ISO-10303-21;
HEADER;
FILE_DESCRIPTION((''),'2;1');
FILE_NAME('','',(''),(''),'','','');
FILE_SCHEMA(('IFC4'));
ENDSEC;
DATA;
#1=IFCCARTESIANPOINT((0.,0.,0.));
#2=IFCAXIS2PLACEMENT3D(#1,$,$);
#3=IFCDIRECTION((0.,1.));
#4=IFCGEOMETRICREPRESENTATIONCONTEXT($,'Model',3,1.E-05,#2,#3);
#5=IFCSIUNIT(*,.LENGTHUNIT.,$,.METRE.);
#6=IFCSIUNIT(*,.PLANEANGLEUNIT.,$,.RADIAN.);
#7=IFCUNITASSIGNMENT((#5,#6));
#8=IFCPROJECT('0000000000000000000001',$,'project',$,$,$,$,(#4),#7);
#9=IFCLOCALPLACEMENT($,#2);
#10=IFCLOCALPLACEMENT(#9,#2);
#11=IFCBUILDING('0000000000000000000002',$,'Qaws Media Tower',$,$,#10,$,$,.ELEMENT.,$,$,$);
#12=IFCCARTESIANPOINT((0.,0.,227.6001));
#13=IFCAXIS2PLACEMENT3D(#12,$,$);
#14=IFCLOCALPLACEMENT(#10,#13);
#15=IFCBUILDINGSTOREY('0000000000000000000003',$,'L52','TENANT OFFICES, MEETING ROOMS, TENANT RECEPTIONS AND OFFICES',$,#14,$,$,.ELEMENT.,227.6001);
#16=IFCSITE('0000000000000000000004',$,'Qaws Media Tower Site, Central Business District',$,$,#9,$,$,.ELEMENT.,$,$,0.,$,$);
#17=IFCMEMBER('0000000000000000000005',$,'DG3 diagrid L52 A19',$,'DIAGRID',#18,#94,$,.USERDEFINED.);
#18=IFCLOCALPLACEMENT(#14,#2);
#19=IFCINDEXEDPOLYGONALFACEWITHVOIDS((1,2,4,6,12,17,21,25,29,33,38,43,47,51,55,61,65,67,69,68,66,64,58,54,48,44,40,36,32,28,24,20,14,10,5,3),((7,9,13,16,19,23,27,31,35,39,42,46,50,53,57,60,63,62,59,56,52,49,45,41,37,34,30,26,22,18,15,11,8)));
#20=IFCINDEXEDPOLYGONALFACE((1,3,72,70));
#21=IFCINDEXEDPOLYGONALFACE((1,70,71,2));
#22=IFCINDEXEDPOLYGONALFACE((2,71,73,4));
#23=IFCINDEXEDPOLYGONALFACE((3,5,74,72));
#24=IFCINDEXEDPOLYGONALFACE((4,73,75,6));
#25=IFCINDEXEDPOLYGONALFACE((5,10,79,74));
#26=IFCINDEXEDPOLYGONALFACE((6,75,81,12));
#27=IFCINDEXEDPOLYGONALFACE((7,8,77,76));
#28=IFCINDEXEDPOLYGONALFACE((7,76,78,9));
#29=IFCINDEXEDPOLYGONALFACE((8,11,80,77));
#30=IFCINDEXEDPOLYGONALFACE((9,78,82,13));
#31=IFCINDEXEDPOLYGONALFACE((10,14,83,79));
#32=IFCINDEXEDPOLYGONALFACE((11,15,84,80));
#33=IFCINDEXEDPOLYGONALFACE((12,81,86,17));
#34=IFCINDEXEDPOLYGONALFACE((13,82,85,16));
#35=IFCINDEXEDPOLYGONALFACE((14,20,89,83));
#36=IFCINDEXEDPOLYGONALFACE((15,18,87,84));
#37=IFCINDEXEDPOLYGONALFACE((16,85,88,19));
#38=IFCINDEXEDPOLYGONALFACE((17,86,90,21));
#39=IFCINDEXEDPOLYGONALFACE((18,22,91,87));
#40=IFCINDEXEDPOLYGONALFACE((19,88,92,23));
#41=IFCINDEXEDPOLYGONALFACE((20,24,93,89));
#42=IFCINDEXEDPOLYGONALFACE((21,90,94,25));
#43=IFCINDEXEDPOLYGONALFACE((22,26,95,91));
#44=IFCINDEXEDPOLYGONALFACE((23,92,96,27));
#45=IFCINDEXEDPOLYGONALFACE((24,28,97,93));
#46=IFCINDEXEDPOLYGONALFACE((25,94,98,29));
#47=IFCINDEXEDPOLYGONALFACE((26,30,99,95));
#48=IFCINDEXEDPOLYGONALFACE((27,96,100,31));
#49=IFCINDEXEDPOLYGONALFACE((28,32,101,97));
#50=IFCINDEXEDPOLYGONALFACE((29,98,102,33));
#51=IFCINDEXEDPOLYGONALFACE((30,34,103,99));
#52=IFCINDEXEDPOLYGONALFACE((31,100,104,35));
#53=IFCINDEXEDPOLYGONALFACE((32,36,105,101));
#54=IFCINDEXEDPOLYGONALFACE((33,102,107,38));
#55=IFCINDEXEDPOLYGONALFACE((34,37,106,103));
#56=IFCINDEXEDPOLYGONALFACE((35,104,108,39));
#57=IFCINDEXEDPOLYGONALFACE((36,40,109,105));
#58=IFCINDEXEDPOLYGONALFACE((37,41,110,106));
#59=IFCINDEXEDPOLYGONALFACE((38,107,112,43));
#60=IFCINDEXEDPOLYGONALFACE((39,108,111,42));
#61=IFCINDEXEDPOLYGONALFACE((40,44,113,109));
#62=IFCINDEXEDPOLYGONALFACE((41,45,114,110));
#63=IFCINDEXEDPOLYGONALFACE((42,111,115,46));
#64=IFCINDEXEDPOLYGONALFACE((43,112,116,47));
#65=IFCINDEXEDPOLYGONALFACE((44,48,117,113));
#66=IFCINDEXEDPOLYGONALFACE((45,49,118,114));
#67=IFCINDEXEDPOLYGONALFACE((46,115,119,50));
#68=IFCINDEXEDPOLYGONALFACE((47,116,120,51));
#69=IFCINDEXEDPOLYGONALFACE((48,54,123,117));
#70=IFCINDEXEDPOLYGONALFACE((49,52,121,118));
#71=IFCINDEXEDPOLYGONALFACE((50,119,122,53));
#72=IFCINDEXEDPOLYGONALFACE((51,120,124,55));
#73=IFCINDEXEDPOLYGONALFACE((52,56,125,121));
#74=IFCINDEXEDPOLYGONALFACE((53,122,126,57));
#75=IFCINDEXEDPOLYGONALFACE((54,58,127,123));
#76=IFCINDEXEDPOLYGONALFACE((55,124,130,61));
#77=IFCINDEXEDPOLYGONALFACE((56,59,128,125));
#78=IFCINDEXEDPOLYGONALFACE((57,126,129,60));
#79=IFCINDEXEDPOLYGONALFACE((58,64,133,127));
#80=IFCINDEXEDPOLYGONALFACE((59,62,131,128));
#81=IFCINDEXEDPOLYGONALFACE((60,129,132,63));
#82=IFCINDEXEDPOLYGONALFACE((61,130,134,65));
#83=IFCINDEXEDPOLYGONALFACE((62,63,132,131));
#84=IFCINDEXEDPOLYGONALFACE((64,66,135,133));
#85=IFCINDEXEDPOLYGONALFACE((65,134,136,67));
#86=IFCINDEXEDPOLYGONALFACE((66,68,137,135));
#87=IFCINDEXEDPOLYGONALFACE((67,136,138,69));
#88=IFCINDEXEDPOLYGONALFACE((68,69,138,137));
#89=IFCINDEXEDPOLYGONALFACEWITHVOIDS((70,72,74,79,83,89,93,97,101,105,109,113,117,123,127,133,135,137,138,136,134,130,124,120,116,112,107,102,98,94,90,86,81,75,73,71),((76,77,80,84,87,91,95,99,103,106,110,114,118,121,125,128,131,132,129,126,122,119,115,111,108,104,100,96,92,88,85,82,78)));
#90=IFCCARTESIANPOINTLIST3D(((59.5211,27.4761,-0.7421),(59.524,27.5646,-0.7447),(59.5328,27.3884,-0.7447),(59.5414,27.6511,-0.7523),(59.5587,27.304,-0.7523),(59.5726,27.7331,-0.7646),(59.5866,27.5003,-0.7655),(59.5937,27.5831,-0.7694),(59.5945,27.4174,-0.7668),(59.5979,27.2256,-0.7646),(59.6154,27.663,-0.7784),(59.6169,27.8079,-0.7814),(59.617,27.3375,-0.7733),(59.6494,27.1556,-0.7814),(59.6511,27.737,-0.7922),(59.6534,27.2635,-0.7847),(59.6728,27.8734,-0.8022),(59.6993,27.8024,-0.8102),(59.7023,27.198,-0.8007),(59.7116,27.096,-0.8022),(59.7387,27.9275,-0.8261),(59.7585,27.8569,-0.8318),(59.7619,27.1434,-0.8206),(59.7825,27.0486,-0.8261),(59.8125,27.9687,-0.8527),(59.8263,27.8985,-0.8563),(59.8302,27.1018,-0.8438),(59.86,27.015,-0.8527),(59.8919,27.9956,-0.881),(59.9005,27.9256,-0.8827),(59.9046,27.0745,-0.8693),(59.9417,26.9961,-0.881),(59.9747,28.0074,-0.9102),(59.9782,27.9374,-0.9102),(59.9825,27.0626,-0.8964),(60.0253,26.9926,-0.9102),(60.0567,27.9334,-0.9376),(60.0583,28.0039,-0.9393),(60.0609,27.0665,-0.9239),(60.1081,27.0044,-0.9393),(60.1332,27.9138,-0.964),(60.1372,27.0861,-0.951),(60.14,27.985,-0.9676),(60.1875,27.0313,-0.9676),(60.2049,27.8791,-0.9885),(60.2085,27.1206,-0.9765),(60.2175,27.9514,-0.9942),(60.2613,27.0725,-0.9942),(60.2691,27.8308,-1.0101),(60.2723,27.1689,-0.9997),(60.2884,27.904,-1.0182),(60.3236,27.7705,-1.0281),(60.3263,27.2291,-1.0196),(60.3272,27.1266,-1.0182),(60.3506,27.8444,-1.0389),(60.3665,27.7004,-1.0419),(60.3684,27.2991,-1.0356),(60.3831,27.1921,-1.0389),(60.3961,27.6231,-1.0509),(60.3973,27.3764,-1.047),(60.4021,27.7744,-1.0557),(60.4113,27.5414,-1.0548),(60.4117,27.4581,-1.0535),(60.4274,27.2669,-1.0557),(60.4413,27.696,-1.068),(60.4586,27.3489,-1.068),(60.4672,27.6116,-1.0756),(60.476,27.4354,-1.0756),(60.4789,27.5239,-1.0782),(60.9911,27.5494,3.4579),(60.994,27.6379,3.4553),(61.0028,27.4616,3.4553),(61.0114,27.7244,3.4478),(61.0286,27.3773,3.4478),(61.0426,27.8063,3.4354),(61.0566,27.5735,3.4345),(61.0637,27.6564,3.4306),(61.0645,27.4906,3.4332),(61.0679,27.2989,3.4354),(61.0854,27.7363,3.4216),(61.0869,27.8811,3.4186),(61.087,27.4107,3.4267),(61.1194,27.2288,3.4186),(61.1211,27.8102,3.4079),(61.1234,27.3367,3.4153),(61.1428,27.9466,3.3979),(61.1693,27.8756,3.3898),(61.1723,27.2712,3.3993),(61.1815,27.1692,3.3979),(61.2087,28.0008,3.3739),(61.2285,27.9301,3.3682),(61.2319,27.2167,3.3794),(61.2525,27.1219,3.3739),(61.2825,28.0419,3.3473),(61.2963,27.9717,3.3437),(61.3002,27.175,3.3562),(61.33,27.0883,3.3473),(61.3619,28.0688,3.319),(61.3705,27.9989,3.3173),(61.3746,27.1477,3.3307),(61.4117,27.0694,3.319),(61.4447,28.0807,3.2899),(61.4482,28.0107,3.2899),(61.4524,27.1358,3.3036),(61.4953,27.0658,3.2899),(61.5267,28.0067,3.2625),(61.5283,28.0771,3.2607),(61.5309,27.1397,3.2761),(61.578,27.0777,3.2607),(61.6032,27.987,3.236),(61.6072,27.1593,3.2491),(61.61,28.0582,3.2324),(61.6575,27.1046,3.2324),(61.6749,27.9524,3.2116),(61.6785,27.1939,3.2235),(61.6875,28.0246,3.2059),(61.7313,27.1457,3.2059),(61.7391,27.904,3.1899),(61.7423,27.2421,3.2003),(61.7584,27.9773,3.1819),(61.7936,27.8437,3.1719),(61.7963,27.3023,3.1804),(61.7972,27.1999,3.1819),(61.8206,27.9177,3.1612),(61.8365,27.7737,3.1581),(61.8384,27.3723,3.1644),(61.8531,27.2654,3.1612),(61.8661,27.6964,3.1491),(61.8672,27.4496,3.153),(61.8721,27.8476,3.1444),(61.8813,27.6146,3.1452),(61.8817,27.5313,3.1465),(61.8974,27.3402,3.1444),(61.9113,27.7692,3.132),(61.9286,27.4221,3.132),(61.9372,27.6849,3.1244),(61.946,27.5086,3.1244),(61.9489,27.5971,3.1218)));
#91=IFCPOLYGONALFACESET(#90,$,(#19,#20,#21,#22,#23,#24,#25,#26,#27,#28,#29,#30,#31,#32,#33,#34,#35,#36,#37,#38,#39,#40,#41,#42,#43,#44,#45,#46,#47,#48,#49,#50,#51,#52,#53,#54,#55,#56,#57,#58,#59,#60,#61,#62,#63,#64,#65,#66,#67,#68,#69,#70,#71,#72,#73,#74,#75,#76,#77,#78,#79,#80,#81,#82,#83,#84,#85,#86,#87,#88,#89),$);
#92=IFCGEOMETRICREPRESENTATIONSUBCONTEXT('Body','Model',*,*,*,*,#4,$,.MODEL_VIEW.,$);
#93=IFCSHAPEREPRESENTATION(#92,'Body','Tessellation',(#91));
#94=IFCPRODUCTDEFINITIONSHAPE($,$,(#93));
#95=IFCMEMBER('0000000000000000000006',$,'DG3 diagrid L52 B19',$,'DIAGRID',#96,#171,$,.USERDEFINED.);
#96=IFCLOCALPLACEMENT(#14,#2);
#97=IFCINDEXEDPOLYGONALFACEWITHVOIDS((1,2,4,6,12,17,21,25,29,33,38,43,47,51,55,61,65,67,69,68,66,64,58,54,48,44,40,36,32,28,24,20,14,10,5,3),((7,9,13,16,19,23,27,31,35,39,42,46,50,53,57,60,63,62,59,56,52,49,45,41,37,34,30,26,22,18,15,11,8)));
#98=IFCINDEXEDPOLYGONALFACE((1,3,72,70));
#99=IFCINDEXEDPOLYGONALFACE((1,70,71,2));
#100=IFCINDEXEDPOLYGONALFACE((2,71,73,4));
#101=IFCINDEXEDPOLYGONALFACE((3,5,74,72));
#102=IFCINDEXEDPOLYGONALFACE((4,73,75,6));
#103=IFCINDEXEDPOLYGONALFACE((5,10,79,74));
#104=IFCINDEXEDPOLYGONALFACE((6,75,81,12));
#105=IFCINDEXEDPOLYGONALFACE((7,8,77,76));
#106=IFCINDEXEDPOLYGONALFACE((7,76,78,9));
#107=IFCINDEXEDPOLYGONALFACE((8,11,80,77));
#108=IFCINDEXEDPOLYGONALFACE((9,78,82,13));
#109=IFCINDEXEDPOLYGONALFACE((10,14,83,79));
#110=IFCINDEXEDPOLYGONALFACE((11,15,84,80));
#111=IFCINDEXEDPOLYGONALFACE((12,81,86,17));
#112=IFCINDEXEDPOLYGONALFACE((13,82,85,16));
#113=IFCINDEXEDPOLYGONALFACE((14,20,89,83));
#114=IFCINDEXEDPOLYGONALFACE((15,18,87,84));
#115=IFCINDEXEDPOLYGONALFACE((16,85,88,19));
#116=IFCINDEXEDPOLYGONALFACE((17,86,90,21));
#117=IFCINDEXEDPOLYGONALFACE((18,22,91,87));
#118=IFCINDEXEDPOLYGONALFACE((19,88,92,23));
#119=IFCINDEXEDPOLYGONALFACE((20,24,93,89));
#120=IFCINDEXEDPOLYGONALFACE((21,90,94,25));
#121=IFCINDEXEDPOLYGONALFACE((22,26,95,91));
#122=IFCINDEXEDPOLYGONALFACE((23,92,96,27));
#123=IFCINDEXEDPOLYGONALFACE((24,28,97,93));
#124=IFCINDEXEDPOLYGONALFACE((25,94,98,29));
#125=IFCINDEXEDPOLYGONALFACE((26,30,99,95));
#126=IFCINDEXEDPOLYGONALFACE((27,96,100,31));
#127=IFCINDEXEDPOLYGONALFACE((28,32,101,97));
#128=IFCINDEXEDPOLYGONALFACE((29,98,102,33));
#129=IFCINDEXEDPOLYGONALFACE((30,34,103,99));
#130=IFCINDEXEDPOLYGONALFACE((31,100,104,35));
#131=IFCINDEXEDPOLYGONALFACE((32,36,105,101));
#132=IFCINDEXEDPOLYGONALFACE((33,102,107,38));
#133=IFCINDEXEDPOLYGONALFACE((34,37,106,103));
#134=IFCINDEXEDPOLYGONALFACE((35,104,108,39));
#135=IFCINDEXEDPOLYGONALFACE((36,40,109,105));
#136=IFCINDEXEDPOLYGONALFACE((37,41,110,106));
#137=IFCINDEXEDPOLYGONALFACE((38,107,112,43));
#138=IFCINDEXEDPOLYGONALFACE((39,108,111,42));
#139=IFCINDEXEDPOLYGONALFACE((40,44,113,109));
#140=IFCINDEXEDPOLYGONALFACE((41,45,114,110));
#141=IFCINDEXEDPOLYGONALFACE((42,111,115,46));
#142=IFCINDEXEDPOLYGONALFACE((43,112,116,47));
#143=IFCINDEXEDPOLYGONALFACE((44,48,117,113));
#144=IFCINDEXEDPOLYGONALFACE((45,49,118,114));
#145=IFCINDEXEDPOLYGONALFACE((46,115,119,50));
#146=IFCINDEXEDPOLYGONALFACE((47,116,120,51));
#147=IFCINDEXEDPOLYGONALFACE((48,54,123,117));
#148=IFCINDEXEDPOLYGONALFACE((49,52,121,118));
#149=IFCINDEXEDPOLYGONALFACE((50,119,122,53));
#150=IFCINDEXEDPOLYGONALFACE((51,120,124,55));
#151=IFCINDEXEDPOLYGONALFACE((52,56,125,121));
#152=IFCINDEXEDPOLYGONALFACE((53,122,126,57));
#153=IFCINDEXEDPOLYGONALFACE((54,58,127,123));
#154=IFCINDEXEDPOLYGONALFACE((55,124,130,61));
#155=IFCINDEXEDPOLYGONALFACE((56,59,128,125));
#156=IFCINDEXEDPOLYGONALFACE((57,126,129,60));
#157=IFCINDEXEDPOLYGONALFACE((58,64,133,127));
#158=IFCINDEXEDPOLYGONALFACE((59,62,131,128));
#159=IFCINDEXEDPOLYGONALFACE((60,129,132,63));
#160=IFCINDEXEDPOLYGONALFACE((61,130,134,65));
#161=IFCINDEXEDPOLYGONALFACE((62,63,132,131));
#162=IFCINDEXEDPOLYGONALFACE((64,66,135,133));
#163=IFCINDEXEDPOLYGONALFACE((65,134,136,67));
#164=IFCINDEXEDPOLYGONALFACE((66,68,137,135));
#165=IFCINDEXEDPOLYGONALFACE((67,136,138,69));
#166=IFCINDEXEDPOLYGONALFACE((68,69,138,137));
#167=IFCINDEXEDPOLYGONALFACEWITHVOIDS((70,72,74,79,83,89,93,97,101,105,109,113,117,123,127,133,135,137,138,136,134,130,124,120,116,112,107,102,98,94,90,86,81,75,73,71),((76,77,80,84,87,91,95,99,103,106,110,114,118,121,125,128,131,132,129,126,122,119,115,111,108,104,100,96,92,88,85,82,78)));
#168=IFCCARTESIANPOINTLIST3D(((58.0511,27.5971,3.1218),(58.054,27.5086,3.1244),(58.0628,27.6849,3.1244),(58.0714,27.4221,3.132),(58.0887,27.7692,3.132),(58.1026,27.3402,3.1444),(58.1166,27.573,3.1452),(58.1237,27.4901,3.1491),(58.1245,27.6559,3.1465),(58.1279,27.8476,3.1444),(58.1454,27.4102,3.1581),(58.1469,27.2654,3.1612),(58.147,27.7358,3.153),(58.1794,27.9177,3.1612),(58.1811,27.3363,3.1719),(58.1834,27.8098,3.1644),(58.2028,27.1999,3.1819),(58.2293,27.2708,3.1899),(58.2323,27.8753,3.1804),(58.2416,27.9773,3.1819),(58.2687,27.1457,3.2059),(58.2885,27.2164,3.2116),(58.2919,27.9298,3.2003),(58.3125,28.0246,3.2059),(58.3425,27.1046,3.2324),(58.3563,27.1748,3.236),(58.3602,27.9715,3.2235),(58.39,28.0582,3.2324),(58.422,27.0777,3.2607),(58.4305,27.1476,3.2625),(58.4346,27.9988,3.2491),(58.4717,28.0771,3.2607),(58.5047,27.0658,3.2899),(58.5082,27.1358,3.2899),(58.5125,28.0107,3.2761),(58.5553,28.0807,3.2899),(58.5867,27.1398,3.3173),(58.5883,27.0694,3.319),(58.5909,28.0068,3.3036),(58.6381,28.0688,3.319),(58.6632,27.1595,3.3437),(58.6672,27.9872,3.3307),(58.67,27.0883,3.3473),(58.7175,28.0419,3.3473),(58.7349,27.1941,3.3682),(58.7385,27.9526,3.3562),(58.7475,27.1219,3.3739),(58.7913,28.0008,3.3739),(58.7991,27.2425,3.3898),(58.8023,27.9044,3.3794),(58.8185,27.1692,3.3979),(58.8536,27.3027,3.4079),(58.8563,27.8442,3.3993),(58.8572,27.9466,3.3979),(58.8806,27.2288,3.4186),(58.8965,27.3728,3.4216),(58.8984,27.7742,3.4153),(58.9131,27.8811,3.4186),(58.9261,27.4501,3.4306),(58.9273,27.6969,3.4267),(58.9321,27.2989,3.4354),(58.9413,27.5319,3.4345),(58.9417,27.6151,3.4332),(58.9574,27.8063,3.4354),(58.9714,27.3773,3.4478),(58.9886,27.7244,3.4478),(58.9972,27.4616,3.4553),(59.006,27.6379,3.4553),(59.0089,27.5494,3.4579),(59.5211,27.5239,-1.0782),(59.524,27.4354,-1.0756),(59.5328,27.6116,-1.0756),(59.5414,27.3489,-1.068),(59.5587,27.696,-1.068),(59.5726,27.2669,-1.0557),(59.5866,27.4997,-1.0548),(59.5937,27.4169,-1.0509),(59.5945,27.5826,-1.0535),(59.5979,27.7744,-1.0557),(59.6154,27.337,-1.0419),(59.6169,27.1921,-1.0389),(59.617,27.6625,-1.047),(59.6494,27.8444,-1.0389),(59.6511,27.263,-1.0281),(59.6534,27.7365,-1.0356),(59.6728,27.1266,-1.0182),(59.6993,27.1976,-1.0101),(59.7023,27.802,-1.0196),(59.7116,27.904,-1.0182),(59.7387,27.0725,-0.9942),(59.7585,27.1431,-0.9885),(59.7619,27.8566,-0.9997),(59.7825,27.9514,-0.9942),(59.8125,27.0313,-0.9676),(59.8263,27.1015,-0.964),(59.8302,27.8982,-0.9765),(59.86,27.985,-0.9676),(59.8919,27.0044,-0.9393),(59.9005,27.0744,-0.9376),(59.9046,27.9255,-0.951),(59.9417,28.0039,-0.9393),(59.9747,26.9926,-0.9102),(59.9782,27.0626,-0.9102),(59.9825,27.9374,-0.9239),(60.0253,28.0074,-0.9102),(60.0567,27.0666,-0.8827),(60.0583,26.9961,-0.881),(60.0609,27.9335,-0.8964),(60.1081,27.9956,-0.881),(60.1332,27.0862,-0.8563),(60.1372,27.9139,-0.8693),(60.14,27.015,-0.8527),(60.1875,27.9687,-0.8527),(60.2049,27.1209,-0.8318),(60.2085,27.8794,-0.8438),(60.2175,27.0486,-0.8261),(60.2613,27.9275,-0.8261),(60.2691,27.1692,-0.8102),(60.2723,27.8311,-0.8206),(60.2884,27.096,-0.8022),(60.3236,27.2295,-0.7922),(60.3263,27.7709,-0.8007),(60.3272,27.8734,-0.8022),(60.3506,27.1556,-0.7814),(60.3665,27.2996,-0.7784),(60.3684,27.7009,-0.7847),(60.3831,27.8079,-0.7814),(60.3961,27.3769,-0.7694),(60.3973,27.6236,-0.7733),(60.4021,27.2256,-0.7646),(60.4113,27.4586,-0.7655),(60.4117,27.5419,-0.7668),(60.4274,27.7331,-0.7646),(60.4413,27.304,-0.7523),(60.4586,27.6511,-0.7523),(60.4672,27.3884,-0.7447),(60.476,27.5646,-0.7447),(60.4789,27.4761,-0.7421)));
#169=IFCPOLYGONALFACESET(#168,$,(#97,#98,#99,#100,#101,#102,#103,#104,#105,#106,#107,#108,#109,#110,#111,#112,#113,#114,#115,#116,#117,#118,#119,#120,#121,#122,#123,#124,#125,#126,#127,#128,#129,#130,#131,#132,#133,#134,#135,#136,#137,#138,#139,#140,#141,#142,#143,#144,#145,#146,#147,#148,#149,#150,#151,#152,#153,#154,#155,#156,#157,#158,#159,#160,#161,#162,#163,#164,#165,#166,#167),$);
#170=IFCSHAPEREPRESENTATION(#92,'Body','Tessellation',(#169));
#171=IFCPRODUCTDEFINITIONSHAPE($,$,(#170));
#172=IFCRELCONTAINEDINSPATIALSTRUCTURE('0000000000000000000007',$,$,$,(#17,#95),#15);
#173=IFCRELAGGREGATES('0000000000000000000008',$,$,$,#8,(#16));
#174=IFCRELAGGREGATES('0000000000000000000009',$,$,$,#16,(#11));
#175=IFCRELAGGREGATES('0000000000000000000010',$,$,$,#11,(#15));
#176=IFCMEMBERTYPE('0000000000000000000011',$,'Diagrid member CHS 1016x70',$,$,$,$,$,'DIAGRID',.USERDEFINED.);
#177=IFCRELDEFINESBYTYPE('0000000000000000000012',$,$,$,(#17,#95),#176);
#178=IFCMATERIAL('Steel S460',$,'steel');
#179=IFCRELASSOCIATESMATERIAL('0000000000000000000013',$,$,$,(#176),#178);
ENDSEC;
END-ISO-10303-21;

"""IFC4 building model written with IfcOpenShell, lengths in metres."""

from ifc_helpers import new_model, si_unit, direction, frame, origin, origin_2d, place, context, subcontext, project, spatial, hollow_circle, extrude, material, material_profile, profile_set, type_object, element, save


model = new_model("IFC4")

# Units and contexts
model_context = context("Model", 3, precision=1e-05, world=origin(), true_north=direction((0.0, 1.0)))
body_context = subcontext(model_context, "Body", "Model", "MODEL_VIEW")
ifc_project = project(units=[si_unit("LENGTHUNIT", "METRE"), si_unit("PLANEANGLEUNIT", "RADIAN")], contexts=[model_context])

# Site, building, storey
site_placement = place(None, origin())
site = spatial("IfcSite", under=ifc_project, at=site_placement, Name="Qaws Media Tower Site, Central Business District", CompositionType="ELEMENT", RefElevation=0.0)
building_placement = place(site_placement, origin())
building = spatial("IfcBuilding", under=site, at=building_placement, Name="Qaws Media Tower", CompositionType="ELEMENT")
storey_placement = place(building_placement, frame((0.0, 0.0, 227.6001)))
storey = spatial("IfcBuildingStorey", under=building, at=storey_placement, Name="L52", Description="TENANT OFFICES, MEETING ROOMS, TENANT RECEPTIONS AND OFFICES", CompositionType="ELEMENT", Elevation=227.6001)

# Members
ifc_material_1 = material(Name="Steel S460", Category="steel")
ifc_material_profile_1 = material_profile(ifc_material_1, hollow_circle(Radius=0.5081, WallThickness=0.0701, at=origin_2d()), Name="CHS 1016x70")
ifc_profile_set_1 = profile_set([ifc_material_profile_1], Name="Steel S460")
member_type_1 = type_object("IfcMemberType", Name="Diagrid member CHS 1016x70", ElementType="DIAGRID", PredefinedType="USERDEFINED", material=ifc_profile_set_1)
for number, where, z_axis, x_axis, name in (
    (1, (60.0, 27.5, -0.9102), (0.330303, 0.016458, 0.943731), (-0.049764, 0.998761, 0.0), "DG3 diagrid L52 A19"),
    (2, (60.0, 27.5, -0.9102), (-0.330303, 0.016458, 0.943731), (-0.049764, -0.998761, 0.0), "DG3 diagrid L52 B19"),
):
    element("IfcMember", number, at=place(storey_placement, frame(where, z_axis=z_axis, x_axis=x_axis)), inside=storey, type_object=member_type_1, Name=name, ObjectType="DIAGRID", PredefinedType="USERDEFINED", context=body_context, shape_type="SweptSolid", body=[
        extrude(hollow_circle(Radius=0.5081, WallThickness=0.0701, at=origin_2d()), origin(), (0.0, 0.0, 1.0), 4.4504),
    ])

save(model, "model.ifc")
